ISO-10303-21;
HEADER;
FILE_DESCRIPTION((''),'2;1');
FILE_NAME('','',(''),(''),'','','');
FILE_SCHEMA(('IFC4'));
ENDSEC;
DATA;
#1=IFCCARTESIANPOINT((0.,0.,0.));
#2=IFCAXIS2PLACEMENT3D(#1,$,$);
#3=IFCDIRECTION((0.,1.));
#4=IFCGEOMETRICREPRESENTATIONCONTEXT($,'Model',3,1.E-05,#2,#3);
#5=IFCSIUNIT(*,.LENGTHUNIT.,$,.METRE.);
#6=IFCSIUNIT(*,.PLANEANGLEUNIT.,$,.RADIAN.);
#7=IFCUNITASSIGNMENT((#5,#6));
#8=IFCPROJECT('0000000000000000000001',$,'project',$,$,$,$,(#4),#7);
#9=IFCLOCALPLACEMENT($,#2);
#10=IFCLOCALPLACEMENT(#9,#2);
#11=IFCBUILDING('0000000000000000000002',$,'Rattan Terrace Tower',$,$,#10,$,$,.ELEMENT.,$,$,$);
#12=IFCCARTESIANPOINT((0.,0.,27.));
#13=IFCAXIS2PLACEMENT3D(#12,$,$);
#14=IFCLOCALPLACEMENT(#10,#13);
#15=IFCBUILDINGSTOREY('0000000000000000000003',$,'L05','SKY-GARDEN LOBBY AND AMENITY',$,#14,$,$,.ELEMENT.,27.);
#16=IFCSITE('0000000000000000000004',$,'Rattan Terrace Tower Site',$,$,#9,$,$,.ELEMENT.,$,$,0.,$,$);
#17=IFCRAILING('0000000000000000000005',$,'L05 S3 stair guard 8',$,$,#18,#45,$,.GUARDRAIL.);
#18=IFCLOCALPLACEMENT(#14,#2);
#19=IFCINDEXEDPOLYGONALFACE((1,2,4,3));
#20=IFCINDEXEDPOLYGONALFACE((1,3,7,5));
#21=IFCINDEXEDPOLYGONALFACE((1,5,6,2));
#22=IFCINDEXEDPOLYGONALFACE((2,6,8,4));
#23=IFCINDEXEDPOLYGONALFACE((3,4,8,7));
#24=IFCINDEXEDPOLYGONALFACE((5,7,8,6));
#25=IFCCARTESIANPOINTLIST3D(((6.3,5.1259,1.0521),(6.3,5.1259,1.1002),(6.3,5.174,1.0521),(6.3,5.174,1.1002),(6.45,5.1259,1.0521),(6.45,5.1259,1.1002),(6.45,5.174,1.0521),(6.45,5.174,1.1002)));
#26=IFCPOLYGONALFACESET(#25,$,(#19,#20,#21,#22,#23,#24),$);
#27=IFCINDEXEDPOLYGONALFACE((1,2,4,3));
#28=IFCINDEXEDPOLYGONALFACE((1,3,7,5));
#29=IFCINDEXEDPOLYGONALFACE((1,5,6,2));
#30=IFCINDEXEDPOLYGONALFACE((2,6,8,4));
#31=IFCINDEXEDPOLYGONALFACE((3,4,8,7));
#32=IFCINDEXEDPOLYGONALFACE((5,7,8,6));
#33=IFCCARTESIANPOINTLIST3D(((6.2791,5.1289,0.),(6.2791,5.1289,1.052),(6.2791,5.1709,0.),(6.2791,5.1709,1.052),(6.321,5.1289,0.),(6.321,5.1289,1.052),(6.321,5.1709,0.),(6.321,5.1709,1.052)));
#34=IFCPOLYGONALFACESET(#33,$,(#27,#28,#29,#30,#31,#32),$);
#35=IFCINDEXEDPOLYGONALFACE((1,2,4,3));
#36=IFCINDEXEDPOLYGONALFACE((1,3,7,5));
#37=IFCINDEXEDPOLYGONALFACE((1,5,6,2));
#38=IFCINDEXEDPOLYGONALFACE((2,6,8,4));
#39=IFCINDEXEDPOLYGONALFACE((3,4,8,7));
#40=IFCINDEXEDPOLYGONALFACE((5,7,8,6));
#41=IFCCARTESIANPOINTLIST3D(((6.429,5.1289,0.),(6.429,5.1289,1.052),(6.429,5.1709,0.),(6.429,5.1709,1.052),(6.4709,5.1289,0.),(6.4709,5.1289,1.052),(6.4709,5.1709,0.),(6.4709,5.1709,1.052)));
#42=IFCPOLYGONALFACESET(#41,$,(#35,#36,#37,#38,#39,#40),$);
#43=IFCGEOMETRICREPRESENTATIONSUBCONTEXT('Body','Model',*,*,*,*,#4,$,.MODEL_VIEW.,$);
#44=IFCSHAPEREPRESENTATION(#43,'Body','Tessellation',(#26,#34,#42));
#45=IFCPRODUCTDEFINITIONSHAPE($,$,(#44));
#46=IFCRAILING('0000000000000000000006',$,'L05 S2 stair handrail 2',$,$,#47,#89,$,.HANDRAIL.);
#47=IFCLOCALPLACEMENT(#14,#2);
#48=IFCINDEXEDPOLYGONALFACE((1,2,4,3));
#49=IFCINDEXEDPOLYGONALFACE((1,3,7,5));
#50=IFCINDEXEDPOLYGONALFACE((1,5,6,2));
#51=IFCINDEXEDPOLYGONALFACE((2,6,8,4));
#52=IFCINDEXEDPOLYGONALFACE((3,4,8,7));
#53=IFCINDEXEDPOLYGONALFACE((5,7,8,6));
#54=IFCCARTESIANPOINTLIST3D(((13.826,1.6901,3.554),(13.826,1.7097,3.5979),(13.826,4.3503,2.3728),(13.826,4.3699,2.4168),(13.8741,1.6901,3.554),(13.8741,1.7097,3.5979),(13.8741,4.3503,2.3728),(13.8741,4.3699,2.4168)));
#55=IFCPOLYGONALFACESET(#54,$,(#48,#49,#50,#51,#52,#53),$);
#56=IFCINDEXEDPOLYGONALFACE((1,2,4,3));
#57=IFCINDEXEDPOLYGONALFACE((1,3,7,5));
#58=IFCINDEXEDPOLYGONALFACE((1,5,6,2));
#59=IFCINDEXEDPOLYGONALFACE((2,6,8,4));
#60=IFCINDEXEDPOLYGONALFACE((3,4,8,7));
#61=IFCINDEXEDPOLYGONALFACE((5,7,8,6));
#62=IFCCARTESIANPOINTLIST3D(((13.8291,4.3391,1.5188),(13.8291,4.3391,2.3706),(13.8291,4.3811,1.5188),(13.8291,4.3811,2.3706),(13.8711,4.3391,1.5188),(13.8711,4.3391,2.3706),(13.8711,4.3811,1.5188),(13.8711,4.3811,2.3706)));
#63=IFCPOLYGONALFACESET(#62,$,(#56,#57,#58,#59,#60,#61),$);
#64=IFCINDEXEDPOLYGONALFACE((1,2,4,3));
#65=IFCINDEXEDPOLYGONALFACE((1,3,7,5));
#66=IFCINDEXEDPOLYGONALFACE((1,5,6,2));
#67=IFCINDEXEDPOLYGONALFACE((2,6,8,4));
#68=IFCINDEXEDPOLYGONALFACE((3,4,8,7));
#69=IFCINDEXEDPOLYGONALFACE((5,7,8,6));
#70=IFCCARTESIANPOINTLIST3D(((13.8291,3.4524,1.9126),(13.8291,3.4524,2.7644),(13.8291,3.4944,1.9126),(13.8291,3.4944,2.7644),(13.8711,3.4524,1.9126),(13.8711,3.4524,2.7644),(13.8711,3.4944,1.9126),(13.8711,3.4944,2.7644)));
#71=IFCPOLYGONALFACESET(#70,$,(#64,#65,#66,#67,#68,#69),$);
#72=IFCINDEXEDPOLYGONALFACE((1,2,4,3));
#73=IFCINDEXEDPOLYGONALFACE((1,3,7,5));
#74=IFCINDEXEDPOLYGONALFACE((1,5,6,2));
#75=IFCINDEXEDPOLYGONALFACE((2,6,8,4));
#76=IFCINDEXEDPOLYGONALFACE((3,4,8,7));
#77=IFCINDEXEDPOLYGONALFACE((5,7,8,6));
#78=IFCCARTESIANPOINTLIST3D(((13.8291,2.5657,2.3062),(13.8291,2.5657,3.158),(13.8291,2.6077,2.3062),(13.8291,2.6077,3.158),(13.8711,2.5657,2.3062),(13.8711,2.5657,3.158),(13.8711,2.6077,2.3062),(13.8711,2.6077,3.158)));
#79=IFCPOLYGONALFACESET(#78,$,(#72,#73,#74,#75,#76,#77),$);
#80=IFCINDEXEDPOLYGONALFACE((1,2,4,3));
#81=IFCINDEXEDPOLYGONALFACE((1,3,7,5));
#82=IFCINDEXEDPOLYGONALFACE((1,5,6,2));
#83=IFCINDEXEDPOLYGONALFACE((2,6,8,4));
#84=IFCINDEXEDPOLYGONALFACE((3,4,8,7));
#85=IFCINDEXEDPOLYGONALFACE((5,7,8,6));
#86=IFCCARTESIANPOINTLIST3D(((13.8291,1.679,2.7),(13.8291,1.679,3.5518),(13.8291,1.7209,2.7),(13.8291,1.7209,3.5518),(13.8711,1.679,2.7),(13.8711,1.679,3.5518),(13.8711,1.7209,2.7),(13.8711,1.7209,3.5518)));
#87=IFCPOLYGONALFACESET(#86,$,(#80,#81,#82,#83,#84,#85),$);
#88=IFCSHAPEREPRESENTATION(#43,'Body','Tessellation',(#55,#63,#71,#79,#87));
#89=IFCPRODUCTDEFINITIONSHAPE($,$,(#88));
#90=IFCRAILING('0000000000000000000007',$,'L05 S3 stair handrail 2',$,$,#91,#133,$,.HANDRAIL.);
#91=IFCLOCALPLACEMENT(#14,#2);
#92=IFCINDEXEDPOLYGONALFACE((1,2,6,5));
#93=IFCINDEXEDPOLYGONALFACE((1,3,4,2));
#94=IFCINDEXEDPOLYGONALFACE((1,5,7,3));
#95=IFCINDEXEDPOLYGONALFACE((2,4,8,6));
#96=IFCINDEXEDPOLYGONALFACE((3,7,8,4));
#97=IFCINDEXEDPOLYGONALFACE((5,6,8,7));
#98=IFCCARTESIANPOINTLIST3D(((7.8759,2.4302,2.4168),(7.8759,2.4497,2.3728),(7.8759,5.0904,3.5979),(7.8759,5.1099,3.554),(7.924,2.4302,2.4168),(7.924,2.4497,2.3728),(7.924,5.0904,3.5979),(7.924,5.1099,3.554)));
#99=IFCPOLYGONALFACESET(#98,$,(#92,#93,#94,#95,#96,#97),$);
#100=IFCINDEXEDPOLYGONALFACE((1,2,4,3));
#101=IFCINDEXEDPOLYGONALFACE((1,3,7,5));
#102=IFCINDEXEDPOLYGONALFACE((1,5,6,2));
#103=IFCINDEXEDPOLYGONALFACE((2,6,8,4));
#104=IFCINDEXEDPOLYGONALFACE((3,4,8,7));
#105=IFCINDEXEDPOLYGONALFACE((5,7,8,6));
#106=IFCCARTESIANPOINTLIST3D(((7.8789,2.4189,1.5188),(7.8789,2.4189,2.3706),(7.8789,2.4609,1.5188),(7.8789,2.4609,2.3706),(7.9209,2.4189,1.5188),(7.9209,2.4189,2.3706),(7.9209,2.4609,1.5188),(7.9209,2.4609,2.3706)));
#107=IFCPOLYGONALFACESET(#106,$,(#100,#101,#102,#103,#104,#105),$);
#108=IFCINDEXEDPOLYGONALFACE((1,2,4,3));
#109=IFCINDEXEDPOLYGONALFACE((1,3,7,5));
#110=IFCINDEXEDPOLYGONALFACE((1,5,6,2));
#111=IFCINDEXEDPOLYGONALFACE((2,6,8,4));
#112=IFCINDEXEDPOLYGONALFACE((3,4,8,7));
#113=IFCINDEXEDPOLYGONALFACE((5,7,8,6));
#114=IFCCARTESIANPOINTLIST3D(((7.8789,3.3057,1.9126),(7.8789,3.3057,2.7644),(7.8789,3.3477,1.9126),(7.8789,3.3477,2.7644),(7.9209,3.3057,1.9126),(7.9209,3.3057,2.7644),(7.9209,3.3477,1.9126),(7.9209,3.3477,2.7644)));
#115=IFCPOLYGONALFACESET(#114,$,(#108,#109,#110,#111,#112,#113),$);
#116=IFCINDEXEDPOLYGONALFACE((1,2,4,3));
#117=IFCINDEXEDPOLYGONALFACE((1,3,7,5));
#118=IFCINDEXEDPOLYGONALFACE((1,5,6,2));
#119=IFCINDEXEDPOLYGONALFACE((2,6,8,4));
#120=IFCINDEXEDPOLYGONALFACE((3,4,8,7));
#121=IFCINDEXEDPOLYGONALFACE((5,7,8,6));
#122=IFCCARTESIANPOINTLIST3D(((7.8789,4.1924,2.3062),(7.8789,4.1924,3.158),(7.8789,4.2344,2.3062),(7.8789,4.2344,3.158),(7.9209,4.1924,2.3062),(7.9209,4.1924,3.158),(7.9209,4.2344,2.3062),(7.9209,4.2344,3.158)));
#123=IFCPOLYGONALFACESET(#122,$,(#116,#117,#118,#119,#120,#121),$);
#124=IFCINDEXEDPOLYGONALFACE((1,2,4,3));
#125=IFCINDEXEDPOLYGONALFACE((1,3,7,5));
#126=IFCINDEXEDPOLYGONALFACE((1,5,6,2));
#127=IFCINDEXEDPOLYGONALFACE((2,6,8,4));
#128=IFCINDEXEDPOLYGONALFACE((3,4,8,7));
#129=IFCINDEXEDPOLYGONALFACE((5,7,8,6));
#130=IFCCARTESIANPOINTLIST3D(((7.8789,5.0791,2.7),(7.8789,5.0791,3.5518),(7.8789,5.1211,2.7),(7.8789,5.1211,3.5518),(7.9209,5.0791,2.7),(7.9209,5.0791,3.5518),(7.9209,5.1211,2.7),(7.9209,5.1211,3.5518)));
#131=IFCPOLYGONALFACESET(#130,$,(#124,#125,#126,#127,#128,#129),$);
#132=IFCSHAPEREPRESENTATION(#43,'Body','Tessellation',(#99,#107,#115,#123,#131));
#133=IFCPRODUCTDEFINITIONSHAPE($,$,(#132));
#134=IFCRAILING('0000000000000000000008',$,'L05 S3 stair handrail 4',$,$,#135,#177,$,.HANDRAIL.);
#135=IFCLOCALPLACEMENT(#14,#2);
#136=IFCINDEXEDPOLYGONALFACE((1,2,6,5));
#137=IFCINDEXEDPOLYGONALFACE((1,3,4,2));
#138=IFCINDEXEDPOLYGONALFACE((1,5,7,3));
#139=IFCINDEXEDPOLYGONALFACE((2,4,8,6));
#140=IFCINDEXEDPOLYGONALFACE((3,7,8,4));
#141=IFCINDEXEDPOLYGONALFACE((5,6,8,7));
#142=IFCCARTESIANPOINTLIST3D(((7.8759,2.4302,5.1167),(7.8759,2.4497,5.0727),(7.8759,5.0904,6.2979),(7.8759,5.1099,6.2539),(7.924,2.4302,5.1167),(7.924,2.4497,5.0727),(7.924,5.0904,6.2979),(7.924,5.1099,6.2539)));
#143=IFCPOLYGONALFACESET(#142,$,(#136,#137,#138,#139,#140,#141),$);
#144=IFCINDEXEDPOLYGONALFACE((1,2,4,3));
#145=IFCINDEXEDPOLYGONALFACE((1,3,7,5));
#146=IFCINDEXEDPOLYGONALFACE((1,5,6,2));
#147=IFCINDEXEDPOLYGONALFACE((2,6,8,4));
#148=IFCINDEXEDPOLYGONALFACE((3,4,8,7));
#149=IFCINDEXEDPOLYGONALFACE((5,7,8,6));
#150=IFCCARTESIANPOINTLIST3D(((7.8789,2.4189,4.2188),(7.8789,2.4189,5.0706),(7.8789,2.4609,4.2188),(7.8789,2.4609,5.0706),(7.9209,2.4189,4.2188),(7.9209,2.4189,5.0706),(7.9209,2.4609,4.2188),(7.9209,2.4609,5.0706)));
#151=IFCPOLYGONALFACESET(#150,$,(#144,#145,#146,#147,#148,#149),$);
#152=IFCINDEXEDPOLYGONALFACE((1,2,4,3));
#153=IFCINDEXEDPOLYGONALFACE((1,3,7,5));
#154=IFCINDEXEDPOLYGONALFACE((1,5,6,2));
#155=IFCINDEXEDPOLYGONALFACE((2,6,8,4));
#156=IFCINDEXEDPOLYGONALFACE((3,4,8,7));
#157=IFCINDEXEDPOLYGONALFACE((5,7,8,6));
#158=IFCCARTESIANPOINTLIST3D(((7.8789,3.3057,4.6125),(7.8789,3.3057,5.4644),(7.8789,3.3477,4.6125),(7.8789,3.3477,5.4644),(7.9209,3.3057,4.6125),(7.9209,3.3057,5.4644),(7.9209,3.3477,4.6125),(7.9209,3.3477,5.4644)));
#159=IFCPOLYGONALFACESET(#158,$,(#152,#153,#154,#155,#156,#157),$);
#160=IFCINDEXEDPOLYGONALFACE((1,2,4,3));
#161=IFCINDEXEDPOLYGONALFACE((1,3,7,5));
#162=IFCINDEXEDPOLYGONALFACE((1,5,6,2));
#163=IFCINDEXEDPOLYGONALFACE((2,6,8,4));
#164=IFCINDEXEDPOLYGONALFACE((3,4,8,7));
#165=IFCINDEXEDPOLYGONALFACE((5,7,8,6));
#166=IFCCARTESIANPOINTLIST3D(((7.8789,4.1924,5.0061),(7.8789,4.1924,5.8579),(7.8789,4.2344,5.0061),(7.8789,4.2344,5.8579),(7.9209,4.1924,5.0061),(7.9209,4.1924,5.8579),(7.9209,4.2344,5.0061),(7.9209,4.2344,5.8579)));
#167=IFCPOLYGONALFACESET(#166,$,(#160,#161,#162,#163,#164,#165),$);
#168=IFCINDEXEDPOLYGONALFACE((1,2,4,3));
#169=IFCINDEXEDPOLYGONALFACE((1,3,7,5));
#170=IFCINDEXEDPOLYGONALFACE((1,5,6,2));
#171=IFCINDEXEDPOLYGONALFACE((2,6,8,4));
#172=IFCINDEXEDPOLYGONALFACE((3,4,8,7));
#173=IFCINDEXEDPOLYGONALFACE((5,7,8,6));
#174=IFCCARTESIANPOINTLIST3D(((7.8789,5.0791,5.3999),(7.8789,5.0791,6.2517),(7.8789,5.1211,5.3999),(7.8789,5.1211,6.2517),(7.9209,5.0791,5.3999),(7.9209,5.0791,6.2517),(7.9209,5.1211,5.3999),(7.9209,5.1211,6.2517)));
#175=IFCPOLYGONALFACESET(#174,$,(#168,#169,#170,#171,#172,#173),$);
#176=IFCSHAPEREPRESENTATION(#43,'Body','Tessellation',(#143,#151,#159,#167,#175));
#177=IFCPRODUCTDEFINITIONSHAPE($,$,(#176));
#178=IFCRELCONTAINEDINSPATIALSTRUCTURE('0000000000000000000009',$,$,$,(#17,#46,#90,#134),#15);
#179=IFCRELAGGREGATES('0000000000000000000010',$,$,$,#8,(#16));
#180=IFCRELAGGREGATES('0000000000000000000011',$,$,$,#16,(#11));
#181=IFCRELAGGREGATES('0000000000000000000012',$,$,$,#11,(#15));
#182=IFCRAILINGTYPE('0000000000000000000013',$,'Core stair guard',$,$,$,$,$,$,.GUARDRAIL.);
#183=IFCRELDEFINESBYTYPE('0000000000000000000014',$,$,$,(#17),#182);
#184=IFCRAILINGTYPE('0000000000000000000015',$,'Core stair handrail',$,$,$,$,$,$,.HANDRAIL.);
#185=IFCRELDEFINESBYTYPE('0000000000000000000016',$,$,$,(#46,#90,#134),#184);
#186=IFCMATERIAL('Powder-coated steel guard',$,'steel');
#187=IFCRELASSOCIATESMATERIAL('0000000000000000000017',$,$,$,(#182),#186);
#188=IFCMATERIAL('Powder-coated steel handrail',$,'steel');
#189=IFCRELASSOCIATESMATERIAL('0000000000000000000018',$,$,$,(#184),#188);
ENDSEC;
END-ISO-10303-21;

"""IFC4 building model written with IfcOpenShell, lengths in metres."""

from ifc_helpers import new_model, si_unit, direction, frame, origin, origin_2d, place, context, subcontext, project, spatial, rectangle, extrude, material, type_object, element, save


model = new_model("IFC4")

# Units and contexts
model_context = context("Model", 3, precision=1e-05, world=origin(), true_north=direction((0.0, 1.0)))
body_context = subcontext(model_context, "Body", "Model", "MODEL_VIEW")
ifc_project = project(units=[si_unit("LENGTHUNIT", "METRE"), si_unit("PLANEANGLEUNIT", "RADIAN")], contexts=[model_context])

# Site, building, storey
site_placement = place(None, origin())
site = spatial("IfcSite", under=ifc_project, at=site_placement, Name="Rattan Terrace Tower Site", CompositionType="ELEMENT", RefElevation=0.0)
building_placement = place(site_placement, origin())
building = spatial("IfcBuilding", under=site, at=building_placement, Name="Rattan Terrace Tower", CompositionType="ELEMENT")
storey_placement = place(building_placement, frame((0.0, 0.0, 27.0)))
storey = spatial("IfcBuildingStorey", under=building, at=storey_placement, Name="L05", Description="SKY-GARDEN LOBBY AND AMENITY", CompositionType="ELEMENT", Elevation=27.0)

# Railings
ifc_material_1 = material(Name="Powder-coated steel guard", Category="steel")
railing_type_1 = type_object("IfcRailingType", Name="Core stair guard", PredefinedType="GUARDRAIL", material=ifc_material_1)
railing_1_placement = place(storey_placement, frame((6.3, 5.1499, 0.0)))
element("IfcRailing", 1, at=railing_1_placement, inside=storey, type_object=railing_type_1, Name="L05 S3 stair guard 8", PredefinedType="GUARDRAIL", context=body_context, shape_type="SweptSolid", body=[
    extrude(rectangle(XDim=0.0481, YDim=0.0481, at=origin_2d()), frame((0.0, 0.0, 1.0762), z_axis=(1.0, 0.0, 0.0), x_axis=(0.0, 1.0, 0.0)), (0.0, 0.0, 1.0), 0.1499),
    extrude(rectangle(XDim=0.042, YDim=0.042, at=origin_2d()), origin(), (0.0, 0.0, 1.0), 1.052),
    extrude(rectangle(XDim=0.042, YDim=0.042, at=origin_2d()), frame((0.1499, 0.0, 0.0)), (0.0, 0.0, 1.0), 1.052),
])
ifc_material_2 = material(Name="Powder-coated steel handrail", Category="steel")
railing_type_2 = type_object("IfcRailingType", Name="Core stair handrail", PredefinedType="HANDRAIL", material=ifc_material_2)
railing_2_placement = place(storey_placement, frame((13.8501, 4.3601, 1.5188)))
element("IfcRailing", 2, at=railing_2_placement, inside=storey, type_object=railing_type_2, Name="L05 S2 stair handrail 2", PredefinedType="HANDRAIL", context=body_context, shape_type="SweptSolid", body=[
    extrude(rectangle(XDim=0.0481, YDim=0.0481, at=origin_2d()), frame((0.0, 0.0, 0.876), z_axis=(0.0, -0.913957, 0.405812), x_axis=(1.0, 0.0, 0.0)), (0.0, 0.0, 1.0), 2.9106),
    extrude(rectangle(XDim=0.042, YDim=0.042, at=origin_2d()), origin(), (0.0, 0.0, 1.0), 0.8518),
    extrude(rectangle(XDim=0.042, YDim=0.042, at=origin_2d()), frame((0.0, -0.8867, 0.3938)), (0.0, 0.0, 1.0), 0.8518),
    extrude(rectangle(XDim=0.042, YDim=0.042, at=origin_2d()), frame((0.0, -1.7734, 0.7874)), (0.0, 0.0, 1.0), 0.8518),
    extrude(rectangle(XDim=0.042, YDim=0.042, at=origin_2d()), frame((0.0, -2.6602, 1.1812)), (0.0, 0.0, 1.0), 0.8518),
])
for number, where, name in (
    (3, (7.8999, 2.4399, 1.5188), "L05 S3 stair handrail 2"),
    (4, (7.8999, 2.4399, 4.2188), "L05 S3 stair handrail 4"),
):
    element("IfcRailing", number, at=place(storey_placement, frame(where)), inside=storey, type_object=railing_type_2, Name=name, PredefinedType="HANDRAIL", context=body_context, shape_type="SweptSolid", body=[
        extrude(rectangle(XDim=0.0481, YDim=0.0481, at=origin_2d()), frame((0.0, 0.0, 0.876), z_axis=(0.0, 0.913957, 0.405812), x_axis=(-1.0, 0.0, 0.0)), (0.0, 0.0, 1.0), 2.9106),
        extrude(rectangle(XDim=0.042, YDim=0.042, at=origin_2d()), origin(), (0.0, 0.0, 1.0), 0.8518),
        extrude(rectangle(XDim=0.042, YDim=0.042, at=origin_2d()), frame((0.0, 0.8867, 0.3938)), (0.0, 0.0, 1.0), 0.8518),
        extrude(rectangle(XDim=0.042, YDim=0.042, at=origin_2d()), frame((0.0, 1.7734, 0.7874)), (0.0, 0.0, 1.0), 0.8518),
        extrude(rectangle(XDim=0.042, YDim=0.042, at=origin_2d()), frame((0.0, 2.6602, 1.1812)), (0.0, 0.0, 1.0), 0.8518),
    ])

save(model, "model.ifc")
